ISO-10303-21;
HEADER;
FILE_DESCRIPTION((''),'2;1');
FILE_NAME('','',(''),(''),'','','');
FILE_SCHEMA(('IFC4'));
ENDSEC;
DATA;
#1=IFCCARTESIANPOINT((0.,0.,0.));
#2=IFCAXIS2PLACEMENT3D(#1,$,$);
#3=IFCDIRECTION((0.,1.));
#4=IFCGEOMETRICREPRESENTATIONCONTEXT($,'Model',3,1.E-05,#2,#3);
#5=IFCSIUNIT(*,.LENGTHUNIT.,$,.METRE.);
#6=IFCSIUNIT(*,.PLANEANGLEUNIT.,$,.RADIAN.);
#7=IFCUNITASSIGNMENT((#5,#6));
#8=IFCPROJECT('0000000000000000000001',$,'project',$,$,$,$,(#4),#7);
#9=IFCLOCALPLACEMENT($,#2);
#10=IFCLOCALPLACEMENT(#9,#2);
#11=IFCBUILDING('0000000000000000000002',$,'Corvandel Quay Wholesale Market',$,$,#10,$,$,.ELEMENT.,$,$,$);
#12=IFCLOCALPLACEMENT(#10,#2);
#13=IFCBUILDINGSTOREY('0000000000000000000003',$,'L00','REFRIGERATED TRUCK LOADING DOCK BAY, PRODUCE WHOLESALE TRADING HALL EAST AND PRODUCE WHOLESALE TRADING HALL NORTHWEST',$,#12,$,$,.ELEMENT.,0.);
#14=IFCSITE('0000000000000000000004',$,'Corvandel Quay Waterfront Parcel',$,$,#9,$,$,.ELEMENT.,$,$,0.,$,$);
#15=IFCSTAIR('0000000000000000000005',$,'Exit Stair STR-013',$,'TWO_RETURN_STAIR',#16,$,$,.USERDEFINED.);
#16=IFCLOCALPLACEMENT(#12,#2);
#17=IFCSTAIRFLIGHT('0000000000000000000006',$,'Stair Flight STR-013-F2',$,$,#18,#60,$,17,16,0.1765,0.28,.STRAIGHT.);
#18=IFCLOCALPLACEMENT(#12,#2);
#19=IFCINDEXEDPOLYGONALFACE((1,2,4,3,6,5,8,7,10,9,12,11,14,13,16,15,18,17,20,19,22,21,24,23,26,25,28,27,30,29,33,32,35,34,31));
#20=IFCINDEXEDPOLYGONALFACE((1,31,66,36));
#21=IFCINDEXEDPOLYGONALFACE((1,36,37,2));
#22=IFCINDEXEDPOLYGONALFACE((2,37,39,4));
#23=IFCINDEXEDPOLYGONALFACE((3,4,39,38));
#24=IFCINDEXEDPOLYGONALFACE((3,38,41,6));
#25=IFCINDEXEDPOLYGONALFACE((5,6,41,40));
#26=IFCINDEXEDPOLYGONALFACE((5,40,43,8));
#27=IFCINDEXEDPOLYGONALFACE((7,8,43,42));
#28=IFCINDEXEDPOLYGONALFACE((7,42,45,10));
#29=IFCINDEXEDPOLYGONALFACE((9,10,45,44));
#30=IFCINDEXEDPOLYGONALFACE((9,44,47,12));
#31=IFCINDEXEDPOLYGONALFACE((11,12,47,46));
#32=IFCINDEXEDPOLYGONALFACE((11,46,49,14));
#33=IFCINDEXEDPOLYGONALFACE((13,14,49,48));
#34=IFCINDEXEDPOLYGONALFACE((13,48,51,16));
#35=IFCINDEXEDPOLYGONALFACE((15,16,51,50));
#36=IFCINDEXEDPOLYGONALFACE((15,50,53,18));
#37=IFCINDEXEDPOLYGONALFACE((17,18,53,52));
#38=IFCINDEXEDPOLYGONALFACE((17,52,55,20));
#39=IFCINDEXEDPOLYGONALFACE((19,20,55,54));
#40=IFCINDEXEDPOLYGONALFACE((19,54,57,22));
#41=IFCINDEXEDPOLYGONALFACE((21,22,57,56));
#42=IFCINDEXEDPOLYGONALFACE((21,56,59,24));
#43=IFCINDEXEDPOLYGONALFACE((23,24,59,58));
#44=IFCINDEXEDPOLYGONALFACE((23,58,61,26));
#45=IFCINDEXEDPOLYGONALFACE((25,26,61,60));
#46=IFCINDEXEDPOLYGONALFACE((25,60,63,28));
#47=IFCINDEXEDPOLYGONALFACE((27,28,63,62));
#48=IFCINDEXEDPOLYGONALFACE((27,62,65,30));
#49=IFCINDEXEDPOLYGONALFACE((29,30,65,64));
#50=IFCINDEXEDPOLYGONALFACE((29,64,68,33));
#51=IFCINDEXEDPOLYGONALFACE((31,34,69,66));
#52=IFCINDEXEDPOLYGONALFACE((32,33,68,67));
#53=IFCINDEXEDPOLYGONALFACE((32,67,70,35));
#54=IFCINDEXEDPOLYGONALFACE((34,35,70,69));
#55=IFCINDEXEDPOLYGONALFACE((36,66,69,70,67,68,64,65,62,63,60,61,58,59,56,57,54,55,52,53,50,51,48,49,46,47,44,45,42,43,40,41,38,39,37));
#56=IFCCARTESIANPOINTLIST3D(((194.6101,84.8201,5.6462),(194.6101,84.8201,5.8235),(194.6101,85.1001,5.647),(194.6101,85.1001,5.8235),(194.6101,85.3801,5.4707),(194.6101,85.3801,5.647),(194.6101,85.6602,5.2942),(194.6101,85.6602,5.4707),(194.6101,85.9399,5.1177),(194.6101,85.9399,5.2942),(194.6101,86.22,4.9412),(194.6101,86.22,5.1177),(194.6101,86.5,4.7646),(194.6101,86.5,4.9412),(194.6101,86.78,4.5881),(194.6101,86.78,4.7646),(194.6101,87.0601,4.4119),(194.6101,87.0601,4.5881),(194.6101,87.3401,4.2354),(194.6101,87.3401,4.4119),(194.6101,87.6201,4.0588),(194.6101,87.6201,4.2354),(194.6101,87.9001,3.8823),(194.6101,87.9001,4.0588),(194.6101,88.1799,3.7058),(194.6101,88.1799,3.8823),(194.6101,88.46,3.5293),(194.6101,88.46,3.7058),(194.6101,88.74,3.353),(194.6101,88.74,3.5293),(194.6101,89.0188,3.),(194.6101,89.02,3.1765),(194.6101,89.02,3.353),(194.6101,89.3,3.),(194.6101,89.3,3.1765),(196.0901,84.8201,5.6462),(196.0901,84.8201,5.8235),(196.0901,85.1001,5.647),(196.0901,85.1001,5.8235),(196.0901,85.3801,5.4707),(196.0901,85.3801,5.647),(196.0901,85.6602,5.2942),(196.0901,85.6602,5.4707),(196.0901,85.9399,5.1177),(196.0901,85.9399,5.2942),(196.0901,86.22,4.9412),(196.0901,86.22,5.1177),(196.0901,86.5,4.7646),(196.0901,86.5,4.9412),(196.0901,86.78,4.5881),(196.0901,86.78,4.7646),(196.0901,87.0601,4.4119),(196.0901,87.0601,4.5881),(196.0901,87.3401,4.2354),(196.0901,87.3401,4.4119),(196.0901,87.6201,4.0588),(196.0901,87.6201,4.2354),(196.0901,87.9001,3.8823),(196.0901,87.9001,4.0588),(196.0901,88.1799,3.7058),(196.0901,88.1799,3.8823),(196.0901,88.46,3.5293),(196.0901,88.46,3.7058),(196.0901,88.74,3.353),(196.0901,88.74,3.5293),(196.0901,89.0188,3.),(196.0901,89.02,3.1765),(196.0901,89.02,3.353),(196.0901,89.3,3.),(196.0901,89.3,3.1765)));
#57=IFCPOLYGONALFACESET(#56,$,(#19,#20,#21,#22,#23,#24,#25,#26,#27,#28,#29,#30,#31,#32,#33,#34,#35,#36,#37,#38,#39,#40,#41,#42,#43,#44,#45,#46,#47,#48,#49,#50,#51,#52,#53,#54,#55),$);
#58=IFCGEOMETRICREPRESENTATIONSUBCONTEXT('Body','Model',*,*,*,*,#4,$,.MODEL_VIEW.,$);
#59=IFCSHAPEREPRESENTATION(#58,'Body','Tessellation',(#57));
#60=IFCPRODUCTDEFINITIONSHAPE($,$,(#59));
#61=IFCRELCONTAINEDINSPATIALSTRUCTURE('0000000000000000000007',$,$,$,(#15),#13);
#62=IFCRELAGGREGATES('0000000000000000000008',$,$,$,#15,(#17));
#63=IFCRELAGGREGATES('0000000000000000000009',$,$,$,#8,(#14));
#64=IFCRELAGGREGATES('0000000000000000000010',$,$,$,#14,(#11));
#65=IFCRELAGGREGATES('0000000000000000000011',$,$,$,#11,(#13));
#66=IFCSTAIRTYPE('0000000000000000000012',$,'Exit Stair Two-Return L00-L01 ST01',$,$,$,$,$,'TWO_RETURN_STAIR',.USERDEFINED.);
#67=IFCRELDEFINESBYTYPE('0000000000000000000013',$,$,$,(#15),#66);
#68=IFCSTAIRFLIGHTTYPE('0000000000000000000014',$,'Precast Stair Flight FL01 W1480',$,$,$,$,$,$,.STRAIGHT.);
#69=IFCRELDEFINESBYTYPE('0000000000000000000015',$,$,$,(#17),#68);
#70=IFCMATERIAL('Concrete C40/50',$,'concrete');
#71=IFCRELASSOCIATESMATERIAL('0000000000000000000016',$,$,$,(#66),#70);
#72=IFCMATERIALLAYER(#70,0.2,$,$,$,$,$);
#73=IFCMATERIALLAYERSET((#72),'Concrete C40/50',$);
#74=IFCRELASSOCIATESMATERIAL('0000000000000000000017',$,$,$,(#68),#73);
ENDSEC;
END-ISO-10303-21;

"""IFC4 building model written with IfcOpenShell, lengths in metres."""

from ifc_helpers import new_model, si_unit, direction, frame, origin, place, context, subcontext, project, spatial, polyline, outline, extrude, material, layer, layer_set, type_object, element, aggregate, save


model = new_model("IFC4")

# Units and contexts
model_context = context("Model", 3, precision=1e-05, world=origin(), true_north=direction((0.0, 1.0)))
body_context = subcontext(model_context, "Body", "Model", "MODEL_VIEW")
ifc_project = project(units=[si_unit("LENGTHUNIT", "METRE"), si_unit("PLANEANGLEUNIT", "RADIAN")], contexts=[model_context])

# Site, building, storey
site_placement = place(None, origin())
site = spatial("IfcSite", under=ifc_project, at=site_placement, Name="Corvandel Quay Waterfront Parcel", CompositionType="ELEMENT", RefElevation=0.0)
building_placement = place(site_placement, origin())
building = spatial("IfcBuilding", under=site, at=building_placement, Name="Corvandel Quay Wholesale Market", CompositionType="ELEMENT")
storey_placement = place(building_placement, origin())
storey = spatial("IfcBuildingStorey", under=building, at=storey_placement, Name="L00", Description="REFRIGERATED TRUCK LOADING DOCK BAY, PRODUCE WHOLESALE TRADING HALL EAST AND PRODUCE WHOLESALE TRADING HALL NORTHWEST", CompositionType="ELEMENT", Elevation=0.0)

# Shared definitions
ifc_material_1 = material(Name="Concrete C40/50", Category="concrete")

# Stair, stair flight
stair_type = type_object("IfcStairType", Name="Exit Stair Two-Return L00-L01 ST01", ElementType="TWO_RETURN_STAIR", PredefinedType="USERDEFINED", material=ifc_material_1)
stair_placement = place(storey_placement, origin())
stair = element("IfcStair", 1, at=stair_placement, inside=storey, type_object=stair_type, Name="Exit Stair STR-013", ObjectType="TWO_RETURN_STAIR", PredefinedType="USERDEFINED")
ifc_layer_1 = layer(ifc_material_1, 0.2)
ifc_layer_set_1 = layer_set([ifc_layer_1], Name="Concrete C40/50")
stair_flight_type = type_object("IfcStairFlightType", Name="Precast Stair Flight FL01 W1480", PredefinedType="STRAIGHT", material=ifc_layer_set_1)
stair_flight_placement = place(storey_placement, frame((195.3501, 89.3, 3.0), z_axis=(0.0, 0.0, 1.0), x_axis=(0.0, -1.0, 0.0)))
stair_flight = element("IfcStairFlight", 2, at=stair_flight_placement, type_object=stair_flight_type, Name="Stair Flight STR-013-F2", NumberOfRisers=17, NumberOfTreads=16, PredefinedType="STRAIGHT", RiserHeight=0.1765, TreadLength=0.28, context=body_context, shape_type="SweptSolid", body=[
    extrude(outline(polyline([(0.0, 0.0), (0.0, 0.1765), (0.28, 0.1765), (0.28, 0.353), (0.5601, 0.353), (0.5601, 0.5293), (0.8401, 0.5293), (0.8401, 0.7058), (1.1201, 0.7058), (1.1201, 0.8823), (1.3999, 0.8823), (1.3999, 1.0588), (1.6799, 1.0588), (1.6799, 1.2354), (1.96, 1.2354), (1.96, 1.4119), (2.24, 1.4119), (2.24, 1.5881), (2.52, 1.5881), (2.52, 1.7646), (2.8, 1.7646), (2.8, 1.9412), (3.0801, 1.9412), (3.0801, 2.1177), (3.3601, 2.1177), (3.3601, 2.2942), (3.6399, 2.2942), (3.6399, 2.4707), (3.9199, 2.4707), (3.9199, 2.647), (4.2, 2.647), (4.2, 2.8235), (4.48, 2.8235), (4.48, 3.0), (4.48, 2.6462), (0.2812, 0.0), (0.0, 0.0)])), frame((0.0, 0.74, 0.0), z_axis=(0.0, -1.0, 0.0), x_axis=(1.0, 0.0, 0.0)), (0.0, 0.0, 1.0), 1.48),
])
aggregate(stair, [stair_flight])

save(model, "model.ifc")
